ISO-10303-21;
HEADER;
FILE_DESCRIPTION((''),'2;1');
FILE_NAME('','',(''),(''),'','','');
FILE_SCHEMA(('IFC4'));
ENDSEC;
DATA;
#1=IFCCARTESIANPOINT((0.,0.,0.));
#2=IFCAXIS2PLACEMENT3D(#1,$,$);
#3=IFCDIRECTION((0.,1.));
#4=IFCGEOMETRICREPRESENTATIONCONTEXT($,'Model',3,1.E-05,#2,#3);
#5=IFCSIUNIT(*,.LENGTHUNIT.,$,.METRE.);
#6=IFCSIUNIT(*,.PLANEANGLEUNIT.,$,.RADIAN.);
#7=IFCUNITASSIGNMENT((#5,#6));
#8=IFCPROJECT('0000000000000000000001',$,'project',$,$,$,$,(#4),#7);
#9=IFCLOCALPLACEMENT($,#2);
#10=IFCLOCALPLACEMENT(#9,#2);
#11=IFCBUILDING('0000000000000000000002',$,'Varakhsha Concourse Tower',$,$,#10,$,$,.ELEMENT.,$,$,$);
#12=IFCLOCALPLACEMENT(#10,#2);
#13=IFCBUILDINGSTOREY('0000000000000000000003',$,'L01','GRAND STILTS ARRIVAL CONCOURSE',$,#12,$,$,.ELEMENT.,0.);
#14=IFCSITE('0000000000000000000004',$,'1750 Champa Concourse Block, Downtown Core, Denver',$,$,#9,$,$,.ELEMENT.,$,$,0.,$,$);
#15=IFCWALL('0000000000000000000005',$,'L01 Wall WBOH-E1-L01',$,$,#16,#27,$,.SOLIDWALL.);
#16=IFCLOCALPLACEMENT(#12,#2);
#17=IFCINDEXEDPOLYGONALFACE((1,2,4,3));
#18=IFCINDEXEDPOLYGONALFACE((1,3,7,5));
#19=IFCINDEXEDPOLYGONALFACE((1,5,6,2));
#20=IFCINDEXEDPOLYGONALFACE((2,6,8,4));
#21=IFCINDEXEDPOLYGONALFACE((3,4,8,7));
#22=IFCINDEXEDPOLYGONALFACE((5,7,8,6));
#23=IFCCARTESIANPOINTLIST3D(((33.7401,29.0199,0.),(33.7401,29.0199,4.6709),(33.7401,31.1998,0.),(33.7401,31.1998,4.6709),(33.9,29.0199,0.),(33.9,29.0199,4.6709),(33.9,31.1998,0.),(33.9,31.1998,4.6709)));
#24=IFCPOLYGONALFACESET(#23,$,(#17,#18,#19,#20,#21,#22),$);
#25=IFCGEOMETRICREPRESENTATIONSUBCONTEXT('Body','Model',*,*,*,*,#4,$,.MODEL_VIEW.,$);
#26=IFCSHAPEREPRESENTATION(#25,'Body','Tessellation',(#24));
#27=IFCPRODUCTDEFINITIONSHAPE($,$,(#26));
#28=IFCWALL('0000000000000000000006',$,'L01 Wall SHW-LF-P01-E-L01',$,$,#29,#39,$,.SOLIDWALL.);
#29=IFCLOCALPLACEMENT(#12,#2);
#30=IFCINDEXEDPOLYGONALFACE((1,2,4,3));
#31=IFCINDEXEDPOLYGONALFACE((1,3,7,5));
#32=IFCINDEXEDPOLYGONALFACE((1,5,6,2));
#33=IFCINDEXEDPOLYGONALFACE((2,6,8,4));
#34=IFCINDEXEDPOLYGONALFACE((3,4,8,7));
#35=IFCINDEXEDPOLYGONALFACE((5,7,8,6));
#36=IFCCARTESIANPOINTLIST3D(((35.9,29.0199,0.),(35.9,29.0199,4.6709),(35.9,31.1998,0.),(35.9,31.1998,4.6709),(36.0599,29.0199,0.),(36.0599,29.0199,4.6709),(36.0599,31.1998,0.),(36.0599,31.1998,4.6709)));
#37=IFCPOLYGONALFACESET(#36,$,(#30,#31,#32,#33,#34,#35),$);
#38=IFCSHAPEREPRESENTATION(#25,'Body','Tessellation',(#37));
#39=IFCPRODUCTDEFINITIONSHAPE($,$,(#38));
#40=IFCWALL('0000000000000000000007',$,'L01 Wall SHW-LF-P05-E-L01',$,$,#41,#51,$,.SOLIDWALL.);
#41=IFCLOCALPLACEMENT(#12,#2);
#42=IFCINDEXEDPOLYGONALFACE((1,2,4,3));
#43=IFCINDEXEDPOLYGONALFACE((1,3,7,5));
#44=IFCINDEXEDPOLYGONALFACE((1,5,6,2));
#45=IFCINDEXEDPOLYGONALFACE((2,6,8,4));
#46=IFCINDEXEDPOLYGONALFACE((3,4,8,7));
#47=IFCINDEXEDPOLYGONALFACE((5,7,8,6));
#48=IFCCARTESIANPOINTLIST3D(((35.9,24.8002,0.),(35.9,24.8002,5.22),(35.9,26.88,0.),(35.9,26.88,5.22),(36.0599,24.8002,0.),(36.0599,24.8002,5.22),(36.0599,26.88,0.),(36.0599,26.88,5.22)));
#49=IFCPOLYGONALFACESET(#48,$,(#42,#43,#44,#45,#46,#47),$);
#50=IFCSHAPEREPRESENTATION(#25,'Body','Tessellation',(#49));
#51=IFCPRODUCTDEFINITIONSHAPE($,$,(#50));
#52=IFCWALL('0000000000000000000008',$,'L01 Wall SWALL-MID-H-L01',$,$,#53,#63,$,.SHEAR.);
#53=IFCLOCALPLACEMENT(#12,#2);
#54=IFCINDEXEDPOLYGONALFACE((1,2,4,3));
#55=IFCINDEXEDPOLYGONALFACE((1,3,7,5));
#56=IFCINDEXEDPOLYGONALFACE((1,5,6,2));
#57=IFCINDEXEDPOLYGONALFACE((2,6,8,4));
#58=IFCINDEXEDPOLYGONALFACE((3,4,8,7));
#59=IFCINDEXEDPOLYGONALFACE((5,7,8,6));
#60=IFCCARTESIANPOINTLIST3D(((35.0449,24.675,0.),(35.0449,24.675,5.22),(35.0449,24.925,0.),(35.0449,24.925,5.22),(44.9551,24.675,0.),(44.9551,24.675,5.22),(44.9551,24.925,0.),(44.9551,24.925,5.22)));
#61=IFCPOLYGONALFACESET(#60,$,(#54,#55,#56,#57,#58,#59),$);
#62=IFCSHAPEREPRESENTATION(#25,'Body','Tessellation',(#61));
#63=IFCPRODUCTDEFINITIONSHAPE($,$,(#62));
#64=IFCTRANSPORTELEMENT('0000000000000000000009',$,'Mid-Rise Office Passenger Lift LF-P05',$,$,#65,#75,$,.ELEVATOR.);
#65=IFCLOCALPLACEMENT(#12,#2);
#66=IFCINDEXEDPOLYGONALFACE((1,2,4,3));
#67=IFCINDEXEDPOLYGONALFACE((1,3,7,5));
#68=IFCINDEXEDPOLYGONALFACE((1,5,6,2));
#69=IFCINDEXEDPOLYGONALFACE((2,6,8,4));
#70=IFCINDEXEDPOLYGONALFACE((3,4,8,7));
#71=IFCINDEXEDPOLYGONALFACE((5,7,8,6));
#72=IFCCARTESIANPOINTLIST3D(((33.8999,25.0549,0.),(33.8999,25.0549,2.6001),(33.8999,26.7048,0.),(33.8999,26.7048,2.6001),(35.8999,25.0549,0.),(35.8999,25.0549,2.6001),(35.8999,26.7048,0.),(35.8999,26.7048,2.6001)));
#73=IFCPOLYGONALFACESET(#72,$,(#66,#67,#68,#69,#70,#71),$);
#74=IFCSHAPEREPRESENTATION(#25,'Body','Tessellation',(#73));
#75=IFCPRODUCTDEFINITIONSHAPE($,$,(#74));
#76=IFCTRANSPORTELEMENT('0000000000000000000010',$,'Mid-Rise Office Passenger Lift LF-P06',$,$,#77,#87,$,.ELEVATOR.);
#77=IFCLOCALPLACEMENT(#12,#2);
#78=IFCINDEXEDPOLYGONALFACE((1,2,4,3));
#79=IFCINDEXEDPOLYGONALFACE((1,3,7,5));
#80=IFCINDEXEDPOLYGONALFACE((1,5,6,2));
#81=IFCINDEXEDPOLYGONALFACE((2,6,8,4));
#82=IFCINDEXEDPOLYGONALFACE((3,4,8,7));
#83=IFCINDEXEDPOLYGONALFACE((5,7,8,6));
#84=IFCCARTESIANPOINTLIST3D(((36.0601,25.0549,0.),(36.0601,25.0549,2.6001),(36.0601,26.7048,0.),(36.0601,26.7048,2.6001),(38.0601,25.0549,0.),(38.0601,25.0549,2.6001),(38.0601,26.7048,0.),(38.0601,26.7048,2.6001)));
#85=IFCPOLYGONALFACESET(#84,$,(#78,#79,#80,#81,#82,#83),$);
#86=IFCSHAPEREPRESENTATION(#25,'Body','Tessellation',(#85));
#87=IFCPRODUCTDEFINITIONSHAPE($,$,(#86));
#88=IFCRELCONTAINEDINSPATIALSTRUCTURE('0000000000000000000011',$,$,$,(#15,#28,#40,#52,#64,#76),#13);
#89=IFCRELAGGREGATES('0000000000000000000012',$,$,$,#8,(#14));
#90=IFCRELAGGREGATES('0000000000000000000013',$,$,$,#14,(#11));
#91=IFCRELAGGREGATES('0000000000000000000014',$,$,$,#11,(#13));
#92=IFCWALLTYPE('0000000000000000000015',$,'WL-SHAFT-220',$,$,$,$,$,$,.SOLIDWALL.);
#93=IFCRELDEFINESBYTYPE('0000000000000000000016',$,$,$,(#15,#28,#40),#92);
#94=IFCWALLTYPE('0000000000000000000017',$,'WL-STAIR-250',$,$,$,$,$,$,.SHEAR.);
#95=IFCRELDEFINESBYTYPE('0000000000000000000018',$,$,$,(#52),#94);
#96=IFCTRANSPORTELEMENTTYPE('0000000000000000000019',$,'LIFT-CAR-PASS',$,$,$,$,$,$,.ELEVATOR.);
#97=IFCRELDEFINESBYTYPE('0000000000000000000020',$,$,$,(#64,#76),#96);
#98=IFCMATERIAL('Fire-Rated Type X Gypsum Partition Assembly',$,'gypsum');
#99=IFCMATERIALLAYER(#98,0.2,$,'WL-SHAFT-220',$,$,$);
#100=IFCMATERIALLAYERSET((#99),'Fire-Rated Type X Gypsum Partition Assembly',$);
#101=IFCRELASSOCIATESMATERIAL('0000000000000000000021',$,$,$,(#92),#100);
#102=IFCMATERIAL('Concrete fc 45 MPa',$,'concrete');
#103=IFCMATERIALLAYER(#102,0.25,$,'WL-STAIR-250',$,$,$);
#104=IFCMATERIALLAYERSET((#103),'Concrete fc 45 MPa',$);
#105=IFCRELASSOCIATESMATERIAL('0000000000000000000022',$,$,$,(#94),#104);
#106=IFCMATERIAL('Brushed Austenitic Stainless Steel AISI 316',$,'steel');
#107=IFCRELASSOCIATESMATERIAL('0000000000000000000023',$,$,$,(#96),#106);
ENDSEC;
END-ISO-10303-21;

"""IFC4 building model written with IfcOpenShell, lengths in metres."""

from ifc_helpers import new_model, si_unit, direction, frame, frame_2d, origin, origin_2d, place, context, subcontext, project, spatial, rectangle, extrude, material, layer, layer_set, type_object, element, save


model = new_model("IFC4")

# Units and contexts
model_context = context("Model", 3, precision=1e-05, world=origin(), true_north=direction((0.0, 1.0)))
body_context = subcontext(model_context, "Body", "Model", "MODEL_VIEW")
ifc_project = project(units=[si_unit("LENGTHUNIT", "METRE"), si_unit("PLANEANGLEUNIT", "RADIAN")], contexts=[model_context])

# Site, building, storey
site_placement = place(None, origin())
site = spatial("IfcSite", under=ifc_project, at=site_placement, Name="1750 Champa Concourse Block, Downtown Core, Denver", CompositionType="ELEMENT", RefElevation=0.0)
building_placement = place(site_placement, origin())
building = spatial("IfcBuilding", under=site, at=building_placement, Name="Varakhsha Concourse Tower", CompositionType="ELEMENT")
storey_placement = place(building_placement, origin())
storey = spatial("IfcBuildingStorey", under=building, at=storey_placement, Name="L01", Description="GRAND STILTS ARRIVAL CONCOURSE", CompositionType="ELEMENT", Elevation=0.0)

# Shared definitions
ifc_material_1 = material(Name="Fire-Rated Type X Gypsum Partition Assembly", Category="gypsum")
ifc_layer_1 = layer(ifc_material_1, 0.2, Name="WL-SHAFT-220")
ifc_layer_set_1 = layer_set([ifc_layer_1], Name="Fire-Rated Type X Gypsum Partition Assembly")
wall_type_1 = type_object("IfcWallType", Name="WL-SHAFT-220", PredefinedType="SOLIDWALL", material=ifc_layer_set_1)
ifc_material_2 = material(Name="Brushed Austenitic Stainless Steel AISI 316", Category="steel")

# Walls
for number, where, z_axis, x_axis, name in (
    (1, (33.8201, 29.02, 0.0), (0.0, 0.0, 1.0), (0.0, 1.0, 0.0), "L01 Wall WBOH-E1-L01"),
    (2, (35.98, 29.02, 0.0), (0.0, 0.0, 1.0), (0.0, 1.0, 0.0), "L01 Wall SHW-LF-P01-E-L01"),
):
    element("IfcWall", number, at=place(storey_placement, frame(where, z_axis=z_axis, x_axis=x_axis)), inside=storey, type_object=wall_type_1, Name=name, PredefinedType="SOLIDWALL", context=body_context, shape_type="SweptSolid", body=[
        extrude(rectangle(XDim=2.1799, YDim=0.1599, at=frame_2d((1.0898, 0.0))), origin(), (0.0, 0.0, 1.0), 4.6709),
    ])
wall_1_placement = place(storey_placement, frame((35.98, 24.8, 0.0), z_axis=(0.0, 0.0, 1.0), x_axis=(0.0, 1.0, 0.0)))
element("IfcWall", 3, at=wall_1_placement, inside=storey, type_object=wall_type_1, Name="L01 Wall SHW-LF-P05-E-L01", PredefinedType="SOLIDWALL", context=body_context, shape_type="SweptSolid", body=[
    extrude(rectangle(XDim=2.0798, YDim=0.1599, at=frame_2d((1.04, 0.0))), origin(), (0.0, 0.0, 1.0), 5.22),
])
ifc_material_3 = material(Name="Concrete fc 45 MPa", Category="concrete")
ifc_layer_2 = layer(ifc_material_3, 0.25, Name="WL-STAIR-250")
ifc_layer_set_2 = layer_set([ifc_layer_2], Name="Concrete fc 45 MPa")
wall_type_2 = type_object("IfcWallType", Name="WL-STAIR-250", PredefinedType="SHEAR", material=ifc_layer_set_2)
wall_2_placement = place(storey_placement, frame((35.0449, 24.8, 0.0), z_axis=(0.0, 0.0, 1.0), x_axis=(1.0, 0.0, 0.0)))
element("IfcWall", 4, at=wall_2_placement, inside=storey, type_object=wall_type_2, Name="L01 Wall SWALL-MID-H-L01", PredefinedType="SHEAR", context=body_context, shape_type="SweptSolid", body=[
    extrude(rectangle(XDim=9.9102, YDim=0.25, at=frame_2d((4.9551, 0.0))), origin(), (0.0, 0.0, 1.0), 5.22),
])

# Transport elements
transport_element_type = type_object("IfcTransportElementType", Name="LIFT-CAR-PASS", PredefinedType="ELEVATOR", material=ifc_material_2)
for number, where, z_axis, x_axis, name in (
    (5, (34.8999, 25.8799, 0.0), (0.0, 0.0, 1.0), (1.0, 0.0, 0.0), "Mid-Rise Office Passenger Lift LF-P05"),
    (6, (37.0601, 25.8799, 0.0), (0.0, 0.0, 1.0), (1.0, 0.0, 0.0), "Mid-Rise Office Passenger Lift LF-P06"),
):
    element("IfcTransportElement", number, at=place(storey_placement, frame(where, z_axis=z_axis, x_axis=x_axis)), inside=storey, type_object=transport_element_type, Name=name, PredefinedType="ELEVATOR", context=body_context, shape_type="SweptSolid", body=[
        extrude(rectangle(XDim=2.0, YDim=1.6499, at=origin_2d()), origin(), (0.0, 0.0, 1.0), 2.6001),
    ])

save(model, "model.ifc")
